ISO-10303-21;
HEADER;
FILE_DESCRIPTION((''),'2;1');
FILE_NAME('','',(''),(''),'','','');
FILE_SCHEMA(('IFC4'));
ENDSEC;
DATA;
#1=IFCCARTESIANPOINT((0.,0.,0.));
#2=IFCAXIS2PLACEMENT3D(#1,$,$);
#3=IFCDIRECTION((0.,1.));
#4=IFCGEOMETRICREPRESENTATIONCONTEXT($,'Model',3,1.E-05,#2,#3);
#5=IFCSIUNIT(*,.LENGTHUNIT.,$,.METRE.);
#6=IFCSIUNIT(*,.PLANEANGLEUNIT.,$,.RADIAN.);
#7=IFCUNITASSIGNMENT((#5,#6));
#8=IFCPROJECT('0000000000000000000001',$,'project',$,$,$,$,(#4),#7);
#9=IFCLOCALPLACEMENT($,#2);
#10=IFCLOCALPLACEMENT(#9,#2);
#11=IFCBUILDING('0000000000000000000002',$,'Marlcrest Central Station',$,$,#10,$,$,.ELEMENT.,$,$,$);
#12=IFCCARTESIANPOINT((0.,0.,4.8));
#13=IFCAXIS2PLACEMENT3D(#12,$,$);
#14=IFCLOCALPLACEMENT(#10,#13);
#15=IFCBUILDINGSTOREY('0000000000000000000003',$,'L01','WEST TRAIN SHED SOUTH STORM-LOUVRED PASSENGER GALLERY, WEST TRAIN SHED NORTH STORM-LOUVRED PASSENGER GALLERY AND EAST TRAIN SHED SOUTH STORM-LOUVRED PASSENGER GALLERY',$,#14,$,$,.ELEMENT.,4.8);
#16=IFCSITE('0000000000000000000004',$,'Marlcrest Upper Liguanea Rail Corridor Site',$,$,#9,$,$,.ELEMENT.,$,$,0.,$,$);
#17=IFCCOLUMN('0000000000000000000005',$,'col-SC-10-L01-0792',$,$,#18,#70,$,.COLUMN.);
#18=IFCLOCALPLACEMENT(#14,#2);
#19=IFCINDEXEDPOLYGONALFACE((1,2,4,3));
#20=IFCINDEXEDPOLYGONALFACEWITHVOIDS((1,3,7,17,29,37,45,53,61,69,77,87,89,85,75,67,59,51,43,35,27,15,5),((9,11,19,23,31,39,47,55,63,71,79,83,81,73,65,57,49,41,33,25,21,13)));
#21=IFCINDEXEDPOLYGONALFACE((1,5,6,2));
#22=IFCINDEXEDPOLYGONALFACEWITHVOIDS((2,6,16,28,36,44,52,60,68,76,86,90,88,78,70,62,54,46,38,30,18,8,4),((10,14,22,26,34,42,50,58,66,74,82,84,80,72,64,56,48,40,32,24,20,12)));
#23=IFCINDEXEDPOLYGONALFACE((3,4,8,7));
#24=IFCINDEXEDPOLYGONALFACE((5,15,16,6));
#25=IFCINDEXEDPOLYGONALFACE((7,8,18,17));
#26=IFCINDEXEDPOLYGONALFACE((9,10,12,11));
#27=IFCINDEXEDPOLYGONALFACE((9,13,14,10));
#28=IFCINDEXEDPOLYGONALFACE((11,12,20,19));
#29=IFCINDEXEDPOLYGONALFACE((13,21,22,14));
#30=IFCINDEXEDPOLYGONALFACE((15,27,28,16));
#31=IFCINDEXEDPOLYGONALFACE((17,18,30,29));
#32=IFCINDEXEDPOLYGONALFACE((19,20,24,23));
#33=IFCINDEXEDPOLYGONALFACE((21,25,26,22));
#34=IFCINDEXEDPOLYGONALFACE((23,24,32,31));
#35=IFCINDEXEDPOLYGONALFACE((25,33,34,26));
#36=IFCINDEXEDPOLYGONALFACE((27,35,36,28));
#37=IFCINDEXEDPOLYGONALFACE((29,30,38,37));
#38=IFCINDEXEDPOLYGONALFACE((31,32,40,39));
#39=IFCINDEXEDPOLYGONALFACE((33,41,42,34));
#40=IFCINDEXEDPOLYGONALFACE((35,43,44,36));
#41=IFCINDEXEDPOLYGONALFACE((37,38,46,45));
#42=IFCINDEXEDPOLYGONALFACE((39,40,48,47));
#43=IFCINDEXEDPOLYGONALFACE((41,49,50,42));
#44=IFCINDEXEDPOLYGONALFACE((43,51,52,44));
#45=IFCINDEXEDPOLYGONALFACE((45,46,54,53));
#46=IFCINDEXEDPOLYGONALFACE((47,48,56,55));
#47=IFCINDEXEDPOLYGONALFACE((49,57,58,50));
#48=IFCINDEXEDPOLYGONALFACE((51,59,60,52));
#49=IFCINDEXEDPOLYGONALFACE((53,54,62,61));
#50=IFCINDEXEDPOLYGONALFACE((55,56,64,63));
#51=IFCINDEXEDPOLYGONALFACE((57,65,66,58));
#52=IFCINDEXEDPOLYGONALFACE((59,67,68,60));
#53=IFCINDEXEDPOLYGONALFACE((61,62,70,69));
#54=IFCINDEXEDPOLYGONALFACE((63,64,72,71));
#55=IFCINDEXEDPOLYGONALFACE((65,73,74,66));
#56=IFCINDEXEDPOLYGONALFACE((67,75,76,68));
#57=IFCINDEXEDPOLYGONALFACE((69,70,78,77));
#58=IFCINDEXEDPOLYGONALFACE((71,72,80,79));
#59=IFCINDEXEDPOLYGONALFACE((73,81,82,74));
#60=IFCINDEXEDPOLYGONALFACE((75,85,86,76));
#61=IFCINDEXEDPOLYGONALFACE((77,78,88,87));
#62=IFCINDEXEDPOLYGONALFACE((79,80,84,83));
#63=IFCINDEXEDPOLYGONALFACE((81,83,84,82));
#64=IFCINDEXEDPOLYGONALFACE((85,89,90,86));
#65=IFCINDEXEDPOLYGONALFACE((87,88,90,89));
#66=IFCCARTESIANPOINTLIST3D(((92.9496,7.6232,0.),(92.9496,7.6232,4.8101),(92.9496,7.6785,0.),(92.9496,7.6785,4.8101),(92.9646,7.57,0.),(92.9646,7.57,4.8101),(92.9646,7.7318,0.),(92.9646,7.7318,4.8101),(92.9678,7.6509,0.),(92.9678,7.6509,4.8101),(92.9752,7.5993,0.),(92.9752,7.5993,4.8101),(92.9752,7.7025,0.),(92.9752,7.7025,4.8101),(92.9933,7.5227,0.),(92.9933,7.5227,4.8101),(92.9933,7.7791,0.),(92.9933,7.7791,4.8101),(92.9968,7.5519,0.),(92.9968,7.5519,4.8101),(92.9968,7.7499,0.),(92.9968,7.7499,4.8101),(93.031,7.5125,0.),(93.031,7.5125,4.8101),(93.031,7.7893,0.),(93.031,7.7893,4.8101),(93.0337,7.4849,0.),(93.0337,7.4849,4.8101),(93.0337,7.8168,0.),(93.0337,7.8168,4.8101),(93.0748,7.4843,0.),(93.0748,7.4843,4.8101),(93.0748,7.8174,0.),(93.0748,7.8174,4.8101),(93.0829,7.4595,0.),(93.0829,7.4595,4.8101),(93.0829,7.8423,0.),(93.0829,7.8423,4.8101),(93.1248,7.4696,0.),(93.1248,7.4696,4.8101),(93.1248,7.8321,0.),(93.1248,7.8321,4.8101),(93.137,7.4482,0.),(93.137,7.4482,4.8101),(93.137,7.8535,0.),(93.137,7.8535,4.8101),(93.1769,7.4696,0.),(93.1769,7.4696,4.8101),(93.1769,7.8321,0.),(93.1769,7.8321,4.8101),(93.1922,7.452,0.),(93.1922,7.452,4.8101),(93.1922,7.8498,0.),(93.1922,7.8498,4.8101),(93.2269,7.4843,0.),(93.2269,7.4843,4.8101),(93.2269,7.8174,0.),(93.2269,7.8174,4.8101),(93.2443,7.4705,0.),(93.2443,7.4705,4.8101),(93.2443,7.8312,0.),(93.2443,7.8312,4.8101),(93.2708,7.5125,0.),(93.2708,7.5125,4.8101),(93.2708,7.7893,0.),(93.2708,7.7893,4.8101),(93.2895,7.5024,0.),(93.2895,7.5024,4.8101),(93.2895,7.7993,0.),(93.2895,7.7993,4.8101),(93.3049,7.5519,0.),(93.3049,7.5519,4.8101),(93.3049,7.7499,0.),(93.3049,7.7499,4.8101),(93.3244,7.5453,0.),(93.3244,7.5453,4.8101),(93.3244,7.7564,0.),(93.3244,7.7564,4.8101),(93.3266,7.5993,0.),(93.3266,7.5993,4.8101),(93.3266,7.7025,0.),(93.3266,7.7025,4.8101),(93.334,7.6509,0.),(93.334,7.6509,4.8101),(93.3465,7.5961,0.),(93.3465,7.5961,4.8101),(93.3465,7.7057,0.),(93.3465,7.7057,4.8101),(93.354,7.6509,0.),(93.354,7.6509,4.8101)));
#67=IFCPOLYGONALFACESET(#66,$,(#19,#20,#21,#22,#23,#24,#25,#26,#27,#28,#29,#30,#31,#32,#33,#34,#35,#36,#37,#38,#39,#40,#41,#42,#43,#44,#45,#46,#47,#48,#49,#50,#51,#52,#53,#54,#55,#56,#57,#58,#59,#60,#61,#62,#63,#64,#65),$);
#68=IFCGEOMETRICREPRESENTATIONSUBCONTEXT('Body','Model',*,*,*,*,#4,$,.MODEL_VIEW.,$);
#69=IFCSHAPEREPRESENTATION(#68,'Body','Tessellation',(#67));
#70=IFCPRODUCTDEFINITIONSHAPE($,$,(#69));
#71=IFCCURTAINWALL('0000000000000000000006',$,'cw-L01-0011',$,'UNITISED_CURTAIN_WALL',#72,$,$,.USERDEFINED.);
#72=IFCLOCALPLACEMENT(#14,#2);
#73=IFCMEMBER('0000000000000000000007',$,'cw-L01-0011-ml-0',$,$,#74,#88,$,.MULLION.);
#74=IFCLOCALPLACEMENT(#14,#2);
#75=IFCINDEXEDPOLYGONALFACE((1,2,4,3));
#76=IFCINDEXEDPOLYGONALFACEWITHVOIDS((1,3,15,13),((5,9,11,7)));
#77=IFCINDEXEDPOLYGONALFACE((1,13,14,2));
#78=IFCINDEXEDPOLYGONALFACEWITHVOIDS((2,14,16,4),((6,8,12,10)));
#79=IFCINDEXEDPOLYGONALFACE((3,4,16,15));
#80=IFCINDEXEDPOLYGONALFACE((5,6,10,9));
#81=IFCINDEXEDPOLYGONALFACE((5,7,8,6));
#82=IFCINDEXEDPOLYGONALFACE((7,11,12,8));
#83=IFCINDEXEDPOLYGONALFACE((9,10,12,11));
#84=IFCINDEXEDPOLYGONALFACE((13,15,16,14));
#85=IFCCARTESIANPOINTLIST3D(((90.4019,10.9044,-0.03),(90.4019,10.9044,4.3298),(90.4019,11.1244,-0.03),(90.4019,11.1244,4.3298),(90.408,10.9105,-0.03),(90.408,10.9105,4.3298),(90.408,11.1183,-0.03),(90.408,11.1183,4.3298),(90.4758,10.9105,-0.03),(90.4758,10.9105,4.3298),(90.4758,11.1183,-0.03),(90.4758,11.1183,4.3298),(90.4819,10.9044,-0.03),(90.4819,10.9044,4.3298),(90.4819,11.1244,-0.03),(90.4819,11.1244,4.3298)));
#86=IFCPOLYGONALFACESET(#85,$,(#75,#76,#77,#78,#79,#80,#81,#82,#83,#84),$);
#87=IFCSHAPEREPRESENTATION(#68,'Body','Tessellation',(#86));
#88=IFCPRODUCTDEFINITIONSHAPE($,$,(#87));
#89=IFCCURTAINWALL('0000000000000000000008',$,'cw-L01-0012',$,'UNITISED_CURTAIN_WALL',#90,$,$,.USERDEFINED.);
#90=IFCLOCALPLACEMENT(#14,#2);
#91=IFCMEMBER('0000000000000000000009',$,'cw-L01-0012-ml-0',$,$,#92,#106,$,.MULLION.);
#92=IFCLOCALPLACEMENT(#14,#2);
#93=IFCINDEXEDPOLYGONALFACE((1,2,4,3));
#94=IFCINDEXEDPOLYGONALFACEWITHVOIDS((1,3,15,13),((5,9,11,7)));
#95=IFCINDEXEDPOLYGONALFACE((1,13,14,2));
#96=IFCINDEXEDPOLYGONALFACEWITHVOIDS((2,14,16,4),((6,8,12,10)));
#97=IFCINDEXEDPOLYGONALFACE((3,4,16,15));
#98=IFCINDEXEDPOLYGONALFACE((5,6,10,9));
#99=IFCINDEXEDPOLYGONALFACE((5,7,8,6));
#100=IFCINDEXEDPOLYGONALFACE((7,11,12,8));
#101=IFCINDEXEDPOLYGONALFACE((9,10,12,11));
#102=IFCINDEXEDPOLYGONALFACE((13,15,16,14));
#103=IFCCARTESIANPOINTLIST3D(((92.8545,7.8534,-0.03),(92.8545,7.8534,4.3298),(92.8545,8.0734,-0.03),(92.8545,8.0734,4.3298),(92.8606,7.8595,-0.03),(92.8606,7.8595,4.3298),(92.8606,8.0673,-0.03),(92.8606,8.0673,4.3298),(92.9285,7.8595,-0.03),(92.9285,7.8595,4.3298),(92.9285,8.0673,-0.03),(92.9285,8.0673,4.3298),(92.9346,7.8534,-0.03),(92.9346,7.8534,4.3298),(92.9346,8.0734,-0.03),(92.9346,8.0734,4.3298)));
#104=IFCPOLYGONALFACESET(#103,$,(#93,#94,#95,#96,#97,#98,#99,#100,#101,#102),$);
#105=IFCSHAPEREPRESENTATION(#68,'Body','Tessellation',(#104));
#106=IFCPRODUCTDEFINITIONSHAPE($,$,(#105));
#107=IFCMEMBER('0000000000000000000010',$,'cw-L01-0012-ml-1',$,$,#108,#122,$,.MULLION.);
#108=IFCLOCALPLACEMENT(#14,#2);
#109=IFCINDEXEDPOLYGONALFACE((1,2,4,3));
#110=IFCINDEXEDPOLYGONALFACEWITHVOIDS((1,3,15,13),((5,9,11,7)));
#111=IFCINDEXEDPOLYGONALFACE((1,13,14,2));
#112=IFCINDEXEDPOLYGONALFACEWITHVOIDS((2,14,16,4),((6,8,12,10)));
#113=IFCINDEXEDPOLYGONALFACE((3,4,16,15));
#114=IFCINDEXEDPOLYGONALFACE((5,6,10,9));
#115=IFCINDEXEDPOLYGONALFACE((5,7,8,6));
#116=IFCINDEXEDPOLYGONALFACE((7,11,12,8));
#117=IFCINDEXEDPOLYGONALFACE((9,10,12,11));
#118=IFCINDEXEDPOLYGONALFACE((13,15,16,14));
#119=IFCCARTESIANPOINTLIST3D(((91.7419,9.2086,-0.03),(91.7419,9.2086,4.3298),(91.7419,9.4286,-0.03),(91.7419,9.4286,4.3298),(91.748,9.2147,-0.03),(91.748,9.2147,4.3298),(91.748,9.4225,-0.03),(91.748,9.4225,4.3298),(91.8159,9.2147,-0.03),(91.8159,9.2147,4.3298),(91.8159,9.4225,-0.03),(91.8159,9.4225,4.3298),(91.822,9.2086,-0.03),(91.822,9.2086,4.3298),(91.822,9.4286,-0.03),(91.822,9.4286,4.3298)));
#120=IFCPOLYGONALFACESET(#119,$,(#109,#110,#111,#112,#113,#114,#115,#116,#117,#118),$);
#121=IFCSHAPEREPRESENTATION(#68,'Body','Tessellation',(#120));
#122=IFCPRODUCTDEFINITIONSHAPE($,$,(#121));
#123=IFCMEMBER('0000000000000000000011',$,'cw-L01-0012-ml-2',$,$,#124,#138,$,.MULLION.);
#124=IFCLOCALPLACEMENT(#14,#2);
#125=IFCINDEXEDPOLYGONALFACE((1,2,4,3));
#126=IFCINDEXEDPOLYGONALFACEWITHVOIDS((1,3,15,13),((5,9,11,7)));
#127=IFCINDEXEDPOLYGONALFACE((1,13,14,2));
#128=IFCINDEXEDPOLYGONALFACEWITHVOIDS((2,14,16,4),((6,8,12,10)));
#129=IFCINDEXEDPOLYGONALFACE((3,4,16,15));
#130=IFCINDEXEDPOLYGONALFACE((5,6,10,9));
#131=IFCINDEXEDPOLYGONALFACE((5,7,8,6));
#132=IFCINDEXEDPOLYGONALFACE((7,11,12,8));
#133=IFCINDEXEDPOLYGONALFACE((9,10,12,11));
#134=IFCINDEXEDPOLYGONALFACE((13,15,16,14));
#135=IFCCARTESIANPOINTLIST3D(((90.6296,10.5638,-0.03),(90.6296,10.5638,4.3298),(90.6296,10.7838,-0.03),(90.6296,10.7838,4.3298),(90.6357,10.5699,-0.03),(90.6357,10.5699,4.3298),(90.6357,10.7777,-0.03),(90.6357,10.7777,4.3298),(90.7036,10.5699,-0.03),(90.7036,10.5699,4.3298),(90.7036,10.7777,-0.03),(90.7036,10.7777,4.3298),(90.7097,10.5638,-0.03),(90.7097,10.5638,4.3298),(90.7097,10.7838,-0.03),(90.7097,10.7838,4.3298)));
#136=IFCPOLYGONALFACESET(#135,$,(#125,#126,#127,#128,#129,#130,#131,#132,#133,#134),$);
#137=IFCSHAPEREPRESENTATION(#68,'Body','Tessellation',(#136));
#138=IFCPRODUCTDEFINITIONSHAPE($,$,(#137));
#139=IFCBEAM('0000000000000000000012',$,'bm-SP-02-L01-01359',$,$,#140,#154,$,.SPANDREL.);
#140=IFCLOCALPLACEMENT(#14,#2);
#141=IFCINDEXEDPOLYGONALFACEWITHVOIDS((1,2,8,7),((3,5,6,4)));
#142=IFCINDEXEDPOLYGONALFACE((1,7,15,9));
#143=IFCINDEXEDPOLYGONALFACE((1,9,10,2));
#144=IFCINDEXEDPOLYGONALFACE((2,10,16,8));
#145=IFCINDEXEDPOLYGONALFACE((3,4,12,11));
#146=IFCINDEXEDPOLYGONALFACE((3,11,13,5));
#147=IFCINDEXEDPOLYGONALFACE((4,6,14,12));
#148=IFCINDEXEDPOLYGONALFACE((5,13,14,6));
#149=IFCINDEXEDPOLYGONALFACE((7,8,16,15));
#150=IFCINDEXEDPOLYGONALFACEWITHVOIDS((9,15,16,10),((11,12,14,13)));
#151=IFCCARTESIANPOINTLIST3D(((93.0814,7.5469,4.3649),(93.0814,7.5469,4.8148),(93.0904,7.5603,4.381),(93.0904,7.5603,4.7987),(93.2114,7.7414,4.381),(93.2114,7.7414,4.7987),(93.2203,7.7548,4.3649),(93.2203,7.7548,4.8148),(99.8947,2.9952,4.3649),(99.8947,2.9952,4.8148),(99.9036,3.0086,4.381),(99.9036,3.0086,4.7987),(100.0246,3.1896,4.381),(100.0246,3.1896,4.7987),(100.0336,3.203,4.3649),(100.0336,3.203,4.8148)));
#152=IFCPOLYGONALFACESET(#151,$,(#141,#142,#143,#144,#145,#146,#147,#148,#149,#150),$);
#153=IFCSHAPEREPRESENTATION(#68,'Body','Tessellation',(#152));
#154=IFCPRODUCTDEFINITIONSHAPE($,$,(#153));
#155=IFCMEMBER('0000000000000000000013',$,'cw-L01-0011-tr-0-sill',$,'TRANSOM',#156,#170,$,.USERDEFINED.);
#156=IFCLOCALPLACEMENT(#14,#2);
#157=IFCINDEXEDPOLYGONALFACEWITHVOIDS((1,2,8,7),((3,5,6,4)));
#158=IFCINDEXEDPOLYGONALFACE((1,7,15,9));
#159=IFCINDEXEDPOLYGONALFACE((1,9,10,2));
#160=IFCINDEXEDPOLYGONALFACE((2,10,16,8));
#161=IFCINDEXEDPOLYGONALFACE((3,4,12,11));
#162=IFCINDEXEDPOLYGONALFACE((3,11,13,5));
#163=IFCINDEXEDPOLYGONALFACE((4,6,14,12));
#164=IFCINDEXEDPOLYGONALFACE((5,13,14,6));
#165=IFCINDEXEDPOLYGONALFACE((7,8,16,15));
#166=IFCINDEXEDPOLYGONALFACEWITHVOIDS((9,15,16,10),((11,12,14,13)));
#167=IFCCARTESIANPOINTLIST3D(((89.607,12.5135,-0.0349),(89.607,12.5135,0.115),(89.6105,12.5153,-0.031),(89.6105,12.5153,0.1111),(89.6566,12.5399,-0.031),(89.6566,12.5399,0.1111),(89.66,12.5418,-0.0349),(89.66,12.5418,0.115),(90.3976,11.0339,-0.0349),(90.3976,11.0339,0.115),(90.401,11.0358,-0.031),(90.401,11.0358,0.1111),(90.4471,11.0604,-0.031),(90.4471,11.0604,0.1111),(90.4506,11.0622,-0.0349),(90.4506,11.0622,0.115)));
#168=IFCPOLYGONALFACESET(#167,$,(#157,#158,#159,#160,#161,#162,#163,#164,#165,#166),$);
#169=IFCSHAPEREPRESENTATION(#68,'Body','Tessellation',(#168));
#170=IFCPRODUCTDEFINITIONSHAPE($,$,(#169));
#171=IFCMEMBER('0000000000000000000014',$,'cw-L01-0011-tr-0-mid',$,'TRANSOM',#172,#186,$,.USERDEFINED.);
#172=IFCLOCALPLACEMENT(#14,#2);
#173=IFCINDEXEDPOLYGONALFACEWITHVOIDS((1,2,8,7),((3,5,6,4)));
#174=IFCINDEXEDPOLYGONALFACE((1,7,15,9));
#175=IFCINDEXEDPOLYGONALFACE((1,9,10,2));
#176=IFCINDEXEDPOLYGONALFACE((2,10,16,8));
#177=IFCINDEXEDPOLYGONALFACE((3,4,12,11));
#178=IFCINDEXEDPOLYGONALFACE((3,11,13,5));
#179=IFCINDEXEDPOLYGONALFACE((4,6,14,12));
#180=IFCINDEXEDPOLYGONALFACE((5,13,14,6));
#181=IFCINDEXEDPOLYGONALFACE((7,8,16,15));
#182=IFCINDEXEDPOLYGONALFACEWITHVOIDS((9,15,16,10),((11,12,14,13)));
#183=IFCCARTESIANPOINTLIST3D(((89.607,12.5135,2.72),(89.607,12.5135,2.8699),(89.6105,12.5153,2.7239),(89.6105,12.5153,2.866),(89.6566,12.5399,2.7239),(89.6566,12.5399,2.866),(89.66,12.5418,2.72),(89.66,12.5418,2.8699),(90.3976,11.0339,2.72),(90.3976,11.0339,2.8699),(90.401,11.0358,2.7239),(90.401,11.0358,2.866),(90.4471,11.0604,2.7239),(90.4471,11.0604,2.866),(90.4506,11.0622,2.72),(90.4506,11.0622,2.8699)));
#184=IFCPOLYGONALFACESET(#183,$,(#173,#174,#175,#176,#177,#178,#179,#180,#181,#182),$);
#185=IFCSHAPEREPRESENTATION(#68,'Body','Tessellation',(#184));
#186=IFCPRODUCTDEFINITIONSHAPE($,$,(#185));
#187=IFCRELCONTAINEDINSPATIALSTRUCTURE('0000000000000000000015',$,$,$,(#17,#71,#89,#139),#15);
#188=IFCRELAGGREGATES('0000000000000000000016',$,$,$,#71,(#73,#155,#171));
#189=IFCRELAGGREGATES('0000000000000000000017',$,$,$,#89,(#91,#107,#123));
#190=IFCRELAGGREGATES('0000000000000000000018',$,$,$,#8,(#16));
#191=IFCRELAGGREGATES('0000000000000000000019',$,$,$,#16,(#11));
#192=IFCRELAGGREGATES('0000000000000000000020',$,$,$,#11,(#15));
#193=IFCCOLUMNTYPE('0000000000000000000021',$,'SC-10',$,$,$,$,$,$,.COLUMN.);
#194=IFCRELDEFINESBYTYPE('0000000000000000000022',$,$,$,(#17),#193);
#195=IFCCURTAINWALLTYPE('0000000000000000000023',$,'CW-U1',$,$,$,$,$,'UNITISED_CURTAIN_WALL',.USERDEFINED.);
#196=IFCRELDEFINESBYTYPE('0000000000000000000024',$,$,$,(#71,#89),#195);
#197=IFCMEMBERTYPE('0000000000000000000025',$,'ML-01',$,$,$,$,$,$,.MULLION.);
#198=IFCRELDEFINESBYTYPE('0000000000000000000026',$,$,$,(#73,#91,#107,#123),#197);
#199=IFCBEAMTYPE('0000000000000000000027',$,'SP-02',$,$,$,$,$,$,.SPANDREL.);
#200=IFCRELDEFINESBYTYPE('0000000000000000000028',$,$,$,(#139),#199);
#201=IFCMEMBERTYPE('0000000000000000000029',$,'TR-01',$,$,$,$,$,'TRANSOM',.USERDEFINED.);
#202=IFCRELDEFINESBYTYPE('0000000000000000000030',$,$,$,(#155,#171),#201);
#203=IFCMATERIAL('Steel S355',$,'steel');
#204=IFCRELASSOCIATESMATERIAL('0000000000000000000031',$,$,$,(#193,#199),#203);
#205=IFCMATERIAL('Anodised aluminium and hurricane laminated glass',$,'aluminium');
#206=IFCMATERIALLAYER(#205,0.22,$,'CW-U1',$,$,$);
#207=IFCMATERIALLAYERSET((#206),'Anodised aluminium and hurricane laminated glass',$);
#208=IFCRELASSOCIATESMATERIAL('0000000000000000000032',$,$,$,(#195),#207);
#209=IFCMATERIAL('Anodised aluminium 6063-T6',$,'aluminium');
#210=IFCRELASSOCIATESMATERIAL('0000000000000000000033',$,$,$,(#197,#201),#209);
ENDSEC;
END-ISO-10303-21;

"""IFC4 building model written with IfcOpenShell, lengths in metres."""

from ifc_helpers import new_model, si_unit, direction, frame, origin, origin_2d, place, context, subcontext, project, spatial, hollow_rectangle, hollow_circle, extrude, material, layer, layer_set, material_profile, profile_set, type_object, element, aggregate, save


model = new_model("IFC4")

# Units and contexts
model_context = context("Model", 3, precision=1e-05, world=origin(), true_north=direction((0.0, 1.0)))
body_context = subcontext(model_context, "Body", "Model", "MODEL_VIEW")
ifc_project = project(units=[si_unit("LENGTHUNIT", "METRE"), si_unit("PLANEANGLEUNIT", "RADIAN")], contexts=[model_context])

# Site, building, storey
site_placement = place(None, origin())
site = spatial("IfcSite", under=ifc_project, at=site_placement, Name="Marlcrest Upper Liguanea Rail Corridor Site", CompositionType="ELEMENT", RefElevation=0.0)
building_placement = place(site_placement, origin())
building = spatial("IfcBuilding", under=site, at=building_placement, Name="Marlcrest Central Station", CompositionType="ELEMENT")
storey_placement = place(building_placement, frame((0.0, 0.0, 4.8)))
storey = spatial("IfcBuildingStorey", under=building, at=storey_placement, Name="L01", Description="WEST TRAIN SHED SOUTH STORM-LOUVRED PASSENGER GALLERY, WEST TRAIN SHED NORTH STORM-LOUVRED PASSENGER GALLERY AND EAST TRAIN SHED SOUTH STORM-LOUVRED PASSENGER GALLERY", CompositionType="ELEMENT", Elevation=4.8)

# Column
ifc_material_1 = material(Name="Steel S355", Category="steel")
ifc_material_profile_1 = material_profile(ifc_material_1, hollow_circle(Radius=0.2031, WallThickness=0.02, at=origin_2d()), Name="CHS 406.4x20")
ifc_profile_set_1 = profile_set([ifc_material_profile_1], Name="Steel S355")
column_type = type_object("IfcColumnType", Name="SC-10", PredefinedType="COLUMN", material=ifc_profile_set_1)
column_placement = place(storey_placement, frame((93.1509, 7.6509, 0.0), z_axis=(0.0, 0.0, 1.0), x_axis=(1.0, 0.0, 0.0)))
element("IfcColumn", 1, at=column_placement, inside=storey, type_object=column_type, Name="col-SC-10-L01-0792", PredefinedType="COLUMN", context=body_context, shape_type="SweptSolid", body=[
    extrude(hollow_circle(Radius=0.2031, WallThickness=0.02, at=origin_2d()), origin(), (0.0, 0.0, 1.0), 4.8101),
])

# Curtain wall, member
ifc_material_2 = material(Name="Anodised aluminium and hurricane laminated glass", Category="aluminium")
ifc_layer_1 = layer(ifc_material_2, 0.22, Name="CW-U1")
ifc_layer_set_1 = layer_set([ifc_layer_1], Name="Anodised aluminium and hurricane laminated glass")
curtain_wall_type = type_object("IfcCurtainWallType", Name="CW-U1", ElementType="UNITISED_CURTAIN_WALL", PredefinedType="USERDEFINED", material=ifc_layer_set_1)
curtain_wall_1_placement = place(storey_placement, origin())
curtain_wall_1 = element("IfcCurtainWall", 2, at=curtain_wall_1_placement, inside=storey, type_object=curtain_wall_type, Name="cw-L01-0011", ObjectType="UNITISED_CURTAIN_WALL", PredefinedType="USERDEFINED")
ifc_material_3 = material(Name="Anodised aluminium 6063-T6", Category="aluminium")
ifc_material_profile_2 = material_profile(ifc_material_3, hollow_rectangle(XDim=0.0801, YDim=0.22, WallThickness=0.0061, at=origin_2d()), Name="AA-RHS 220x80x6")
ifc_profile_set_2 = profile_set([ifc_material_profile_2], Name="Anodised aluminium 6063-T6")
member_type_1 = type_object("IfcMemberType", Name="ML-01", PredefinedType="MULLION", material=ifc_profile_set_2)
member_1_placement = place(storey_placement, frame((90.4419, 11.0144, -0.03), z_axis=(0.0, 0.0, 1.0), x_axis=(1.0, 0.0, 0.0)))
member_1 = element("IfcMember", 3, at=member_1_placement, type_object=member_type_1, Name="cw-L01-0011-ml-0", PredefinedType="MULLION", context=body_context, shape_type="SweptSolid", body=[
    extrude(hollow_rectangle(XDim=0.0801, YDim=0.22, WallThickness=0.0061, at=origin_2d()), origin(), (0.0, 0.0, 1.0), 4.3599),
])

# Curtain wall, members
curtain_wall_2_placement = place(storey_placement, origin())
curtain_wall_2 = element("IfcCurtainWall", 4, at=curtain_wall_2_placement, inside=storey, type_object=curtain_wall_type, Name="cw-L01-0012", ObjectType="UNITISED_CURTAIN_WALL", PredefinedType="USERDEFINED")
member_2_placement = place(storey_placement, frame((92.8945, 7.9634, -0.03), z_axis=(0.0, 0.0, 1.0), x_axis=(1.0, 0.0, 0.0)))
member_2 = element("IfcMember", 5, at=member_2_placement, type_object=member_type_1, Name="cw-L01-0012-ml-0", PredefinedType="MULLION", context=body_context, shape_type="SweptSolid", body=[
    extrude(hollow_rectangle(XDim=0.0801, YDim=0.22, WallThickness=0.0061, at=origin_2d()), origin(), (0.0, 0.0, 1.0), 4.3599),
])
member_3_placement = place(storey_placement, frame((91.782, 9.3186, -0.03), z_axis=(0.0, 0.0, 1.0), x_axis=(1.0, 0.0, 0.0)))
member_3 = element("IfcMember", 6, at=member_3_placement, type_object=member_type_1, Name="cw-L01-0012-ml-1", PredefinedType="MULLION", context=body_context, shape_type="SweptSolid", body=[
    extrude(hollow_rectangle(XDim=0.0801, YDim=0.22, WallThickness=0.0061, at=origin_2d()), origin(), (0.0, 0.0, 1.0), 4.3599),
])
member_4_placement = place(storey_placement, frame((90.6697, 10.6738, -0.03), z_axis=(0.0, 0.0, 1.0), x_axis=(1.0, 0.0, 0.0)))
member_4 = element("IfcMember", 7, at=member_4_placement, type_object=member_type_1, Name="cw-L01-0012-ml-2", PredefinedType="MULLION", context=body_context, shape_type="SweptSolid", body=[
    extrude(hollow_rectangle(XDim=0.0801, YDim=0.22, WallThickness=0.0061, at=origin_2d()), origin(), (0.0, 0.0, 1.0), 4.3599),
])

# Beam
ifc_material_profile_3 = material_profile(ifc_material_1, hollow_rectangle(XDim=0.25, YDim=0.45, WallThickness=0.0161, at=origin_2d()), Name="RHS 450x250x16")
ifc_profile_set_3 = profile_set([ifc_material_profile_3], Name="Steel S355")
beam_type = type_object("IfcBeamType", Name="SP-02", PredefinedType="SPANDREL", material=ifc_profile_set_3)
beam_placement = place(storey_placement, frame((93.1509, 7.6509, 4.5898), z_axis=(0.831509, -0.555511, 0.0), x_axis=(0.555511, 0.831509, 0.0)))
element("IfcBeam", 8, at=beam_placement, inside=storey, type_object=beam_type, Name="bm-SP-02-L01-01359", PredefinedType="SPANDREL", context=body_context, shape_type="SweptSolid", body=[
    extrude(hollow_rectangle(XDim=0.25, YDim=0.45, WallThickness=0.0161, at=origin_2d()), origin(), (0.0, 0.0, 1.0), 8.1938),
])

# Members
ifc_material_profile_4 = material_profile(ifc_material_3, hollow_rectangle(XDim=0.0601, YDim=0.1499, WallThickness=0.0039, at=origin_2d()), Name="AA-RHS 150x60x4")
ifc_profile_set_4 = profile_set([ifc_material_profile_4], Name="Anodised aluminium 6063-T6")
member_type_2 = type_object("IfcMemberType", Name="TR-01", ElementType="TRANSOM", PredefinedType="USERDEFINED", material=ifc_profile_set_4)
member_5_placement = place(storey_placement, frame((90.4241, 11.0481, 0.04), z_axis=(-0.471268, 0.88199, 0.0), x_axis=(-0.88199, -0.471268, 0.0)))
member_5 = element("IfcMember", 9, at=member_5_placement, type_object=member_type_2, Name="cw-L01-0011-tr-0-sill", ObjectType="TRANSOM", PredefinedType="USERDEFINED", context=body_context, shape_type="SweptSolid", body=[
    extrude(hollow_rectangle(XDim=0.0601, YDim=0.1499, WallThickness=0.0039, at=origin_2d()), origin(), (0.0, 0.0, 1.0), 1.6775),
])
member_6_placement = place(storey_placement, frame((90.4241, 11.0481, 2.7949), z_axis=(-0.471268, 0.88199, 0.0), x_axis=(-0.88199, -0.471268, 0.0)))
member_6 = element("IfcMember", 10, at=member_6_placement, type_object=member_type_2, Name="cw-L01-0011-tr-0-mid", ObjectType="TRANSOM", PredefinedType="USERDEFINED", context=body_context, shape_type="SweptSolid", body=[
    extrude(hollow_rectangle(XDim=0.0601, YDim=0.1499, WallThickness=0.0039, at=origin_2d()), origin(), (0.0, 0.0, 1.0), 1.6775),
])
aggregate(curtain_wall_1, [member_1, member_5, member_6])

aggregate(curtain_wall_2, [member_2, member_3, member_4])

save(model, "model.ifc")
